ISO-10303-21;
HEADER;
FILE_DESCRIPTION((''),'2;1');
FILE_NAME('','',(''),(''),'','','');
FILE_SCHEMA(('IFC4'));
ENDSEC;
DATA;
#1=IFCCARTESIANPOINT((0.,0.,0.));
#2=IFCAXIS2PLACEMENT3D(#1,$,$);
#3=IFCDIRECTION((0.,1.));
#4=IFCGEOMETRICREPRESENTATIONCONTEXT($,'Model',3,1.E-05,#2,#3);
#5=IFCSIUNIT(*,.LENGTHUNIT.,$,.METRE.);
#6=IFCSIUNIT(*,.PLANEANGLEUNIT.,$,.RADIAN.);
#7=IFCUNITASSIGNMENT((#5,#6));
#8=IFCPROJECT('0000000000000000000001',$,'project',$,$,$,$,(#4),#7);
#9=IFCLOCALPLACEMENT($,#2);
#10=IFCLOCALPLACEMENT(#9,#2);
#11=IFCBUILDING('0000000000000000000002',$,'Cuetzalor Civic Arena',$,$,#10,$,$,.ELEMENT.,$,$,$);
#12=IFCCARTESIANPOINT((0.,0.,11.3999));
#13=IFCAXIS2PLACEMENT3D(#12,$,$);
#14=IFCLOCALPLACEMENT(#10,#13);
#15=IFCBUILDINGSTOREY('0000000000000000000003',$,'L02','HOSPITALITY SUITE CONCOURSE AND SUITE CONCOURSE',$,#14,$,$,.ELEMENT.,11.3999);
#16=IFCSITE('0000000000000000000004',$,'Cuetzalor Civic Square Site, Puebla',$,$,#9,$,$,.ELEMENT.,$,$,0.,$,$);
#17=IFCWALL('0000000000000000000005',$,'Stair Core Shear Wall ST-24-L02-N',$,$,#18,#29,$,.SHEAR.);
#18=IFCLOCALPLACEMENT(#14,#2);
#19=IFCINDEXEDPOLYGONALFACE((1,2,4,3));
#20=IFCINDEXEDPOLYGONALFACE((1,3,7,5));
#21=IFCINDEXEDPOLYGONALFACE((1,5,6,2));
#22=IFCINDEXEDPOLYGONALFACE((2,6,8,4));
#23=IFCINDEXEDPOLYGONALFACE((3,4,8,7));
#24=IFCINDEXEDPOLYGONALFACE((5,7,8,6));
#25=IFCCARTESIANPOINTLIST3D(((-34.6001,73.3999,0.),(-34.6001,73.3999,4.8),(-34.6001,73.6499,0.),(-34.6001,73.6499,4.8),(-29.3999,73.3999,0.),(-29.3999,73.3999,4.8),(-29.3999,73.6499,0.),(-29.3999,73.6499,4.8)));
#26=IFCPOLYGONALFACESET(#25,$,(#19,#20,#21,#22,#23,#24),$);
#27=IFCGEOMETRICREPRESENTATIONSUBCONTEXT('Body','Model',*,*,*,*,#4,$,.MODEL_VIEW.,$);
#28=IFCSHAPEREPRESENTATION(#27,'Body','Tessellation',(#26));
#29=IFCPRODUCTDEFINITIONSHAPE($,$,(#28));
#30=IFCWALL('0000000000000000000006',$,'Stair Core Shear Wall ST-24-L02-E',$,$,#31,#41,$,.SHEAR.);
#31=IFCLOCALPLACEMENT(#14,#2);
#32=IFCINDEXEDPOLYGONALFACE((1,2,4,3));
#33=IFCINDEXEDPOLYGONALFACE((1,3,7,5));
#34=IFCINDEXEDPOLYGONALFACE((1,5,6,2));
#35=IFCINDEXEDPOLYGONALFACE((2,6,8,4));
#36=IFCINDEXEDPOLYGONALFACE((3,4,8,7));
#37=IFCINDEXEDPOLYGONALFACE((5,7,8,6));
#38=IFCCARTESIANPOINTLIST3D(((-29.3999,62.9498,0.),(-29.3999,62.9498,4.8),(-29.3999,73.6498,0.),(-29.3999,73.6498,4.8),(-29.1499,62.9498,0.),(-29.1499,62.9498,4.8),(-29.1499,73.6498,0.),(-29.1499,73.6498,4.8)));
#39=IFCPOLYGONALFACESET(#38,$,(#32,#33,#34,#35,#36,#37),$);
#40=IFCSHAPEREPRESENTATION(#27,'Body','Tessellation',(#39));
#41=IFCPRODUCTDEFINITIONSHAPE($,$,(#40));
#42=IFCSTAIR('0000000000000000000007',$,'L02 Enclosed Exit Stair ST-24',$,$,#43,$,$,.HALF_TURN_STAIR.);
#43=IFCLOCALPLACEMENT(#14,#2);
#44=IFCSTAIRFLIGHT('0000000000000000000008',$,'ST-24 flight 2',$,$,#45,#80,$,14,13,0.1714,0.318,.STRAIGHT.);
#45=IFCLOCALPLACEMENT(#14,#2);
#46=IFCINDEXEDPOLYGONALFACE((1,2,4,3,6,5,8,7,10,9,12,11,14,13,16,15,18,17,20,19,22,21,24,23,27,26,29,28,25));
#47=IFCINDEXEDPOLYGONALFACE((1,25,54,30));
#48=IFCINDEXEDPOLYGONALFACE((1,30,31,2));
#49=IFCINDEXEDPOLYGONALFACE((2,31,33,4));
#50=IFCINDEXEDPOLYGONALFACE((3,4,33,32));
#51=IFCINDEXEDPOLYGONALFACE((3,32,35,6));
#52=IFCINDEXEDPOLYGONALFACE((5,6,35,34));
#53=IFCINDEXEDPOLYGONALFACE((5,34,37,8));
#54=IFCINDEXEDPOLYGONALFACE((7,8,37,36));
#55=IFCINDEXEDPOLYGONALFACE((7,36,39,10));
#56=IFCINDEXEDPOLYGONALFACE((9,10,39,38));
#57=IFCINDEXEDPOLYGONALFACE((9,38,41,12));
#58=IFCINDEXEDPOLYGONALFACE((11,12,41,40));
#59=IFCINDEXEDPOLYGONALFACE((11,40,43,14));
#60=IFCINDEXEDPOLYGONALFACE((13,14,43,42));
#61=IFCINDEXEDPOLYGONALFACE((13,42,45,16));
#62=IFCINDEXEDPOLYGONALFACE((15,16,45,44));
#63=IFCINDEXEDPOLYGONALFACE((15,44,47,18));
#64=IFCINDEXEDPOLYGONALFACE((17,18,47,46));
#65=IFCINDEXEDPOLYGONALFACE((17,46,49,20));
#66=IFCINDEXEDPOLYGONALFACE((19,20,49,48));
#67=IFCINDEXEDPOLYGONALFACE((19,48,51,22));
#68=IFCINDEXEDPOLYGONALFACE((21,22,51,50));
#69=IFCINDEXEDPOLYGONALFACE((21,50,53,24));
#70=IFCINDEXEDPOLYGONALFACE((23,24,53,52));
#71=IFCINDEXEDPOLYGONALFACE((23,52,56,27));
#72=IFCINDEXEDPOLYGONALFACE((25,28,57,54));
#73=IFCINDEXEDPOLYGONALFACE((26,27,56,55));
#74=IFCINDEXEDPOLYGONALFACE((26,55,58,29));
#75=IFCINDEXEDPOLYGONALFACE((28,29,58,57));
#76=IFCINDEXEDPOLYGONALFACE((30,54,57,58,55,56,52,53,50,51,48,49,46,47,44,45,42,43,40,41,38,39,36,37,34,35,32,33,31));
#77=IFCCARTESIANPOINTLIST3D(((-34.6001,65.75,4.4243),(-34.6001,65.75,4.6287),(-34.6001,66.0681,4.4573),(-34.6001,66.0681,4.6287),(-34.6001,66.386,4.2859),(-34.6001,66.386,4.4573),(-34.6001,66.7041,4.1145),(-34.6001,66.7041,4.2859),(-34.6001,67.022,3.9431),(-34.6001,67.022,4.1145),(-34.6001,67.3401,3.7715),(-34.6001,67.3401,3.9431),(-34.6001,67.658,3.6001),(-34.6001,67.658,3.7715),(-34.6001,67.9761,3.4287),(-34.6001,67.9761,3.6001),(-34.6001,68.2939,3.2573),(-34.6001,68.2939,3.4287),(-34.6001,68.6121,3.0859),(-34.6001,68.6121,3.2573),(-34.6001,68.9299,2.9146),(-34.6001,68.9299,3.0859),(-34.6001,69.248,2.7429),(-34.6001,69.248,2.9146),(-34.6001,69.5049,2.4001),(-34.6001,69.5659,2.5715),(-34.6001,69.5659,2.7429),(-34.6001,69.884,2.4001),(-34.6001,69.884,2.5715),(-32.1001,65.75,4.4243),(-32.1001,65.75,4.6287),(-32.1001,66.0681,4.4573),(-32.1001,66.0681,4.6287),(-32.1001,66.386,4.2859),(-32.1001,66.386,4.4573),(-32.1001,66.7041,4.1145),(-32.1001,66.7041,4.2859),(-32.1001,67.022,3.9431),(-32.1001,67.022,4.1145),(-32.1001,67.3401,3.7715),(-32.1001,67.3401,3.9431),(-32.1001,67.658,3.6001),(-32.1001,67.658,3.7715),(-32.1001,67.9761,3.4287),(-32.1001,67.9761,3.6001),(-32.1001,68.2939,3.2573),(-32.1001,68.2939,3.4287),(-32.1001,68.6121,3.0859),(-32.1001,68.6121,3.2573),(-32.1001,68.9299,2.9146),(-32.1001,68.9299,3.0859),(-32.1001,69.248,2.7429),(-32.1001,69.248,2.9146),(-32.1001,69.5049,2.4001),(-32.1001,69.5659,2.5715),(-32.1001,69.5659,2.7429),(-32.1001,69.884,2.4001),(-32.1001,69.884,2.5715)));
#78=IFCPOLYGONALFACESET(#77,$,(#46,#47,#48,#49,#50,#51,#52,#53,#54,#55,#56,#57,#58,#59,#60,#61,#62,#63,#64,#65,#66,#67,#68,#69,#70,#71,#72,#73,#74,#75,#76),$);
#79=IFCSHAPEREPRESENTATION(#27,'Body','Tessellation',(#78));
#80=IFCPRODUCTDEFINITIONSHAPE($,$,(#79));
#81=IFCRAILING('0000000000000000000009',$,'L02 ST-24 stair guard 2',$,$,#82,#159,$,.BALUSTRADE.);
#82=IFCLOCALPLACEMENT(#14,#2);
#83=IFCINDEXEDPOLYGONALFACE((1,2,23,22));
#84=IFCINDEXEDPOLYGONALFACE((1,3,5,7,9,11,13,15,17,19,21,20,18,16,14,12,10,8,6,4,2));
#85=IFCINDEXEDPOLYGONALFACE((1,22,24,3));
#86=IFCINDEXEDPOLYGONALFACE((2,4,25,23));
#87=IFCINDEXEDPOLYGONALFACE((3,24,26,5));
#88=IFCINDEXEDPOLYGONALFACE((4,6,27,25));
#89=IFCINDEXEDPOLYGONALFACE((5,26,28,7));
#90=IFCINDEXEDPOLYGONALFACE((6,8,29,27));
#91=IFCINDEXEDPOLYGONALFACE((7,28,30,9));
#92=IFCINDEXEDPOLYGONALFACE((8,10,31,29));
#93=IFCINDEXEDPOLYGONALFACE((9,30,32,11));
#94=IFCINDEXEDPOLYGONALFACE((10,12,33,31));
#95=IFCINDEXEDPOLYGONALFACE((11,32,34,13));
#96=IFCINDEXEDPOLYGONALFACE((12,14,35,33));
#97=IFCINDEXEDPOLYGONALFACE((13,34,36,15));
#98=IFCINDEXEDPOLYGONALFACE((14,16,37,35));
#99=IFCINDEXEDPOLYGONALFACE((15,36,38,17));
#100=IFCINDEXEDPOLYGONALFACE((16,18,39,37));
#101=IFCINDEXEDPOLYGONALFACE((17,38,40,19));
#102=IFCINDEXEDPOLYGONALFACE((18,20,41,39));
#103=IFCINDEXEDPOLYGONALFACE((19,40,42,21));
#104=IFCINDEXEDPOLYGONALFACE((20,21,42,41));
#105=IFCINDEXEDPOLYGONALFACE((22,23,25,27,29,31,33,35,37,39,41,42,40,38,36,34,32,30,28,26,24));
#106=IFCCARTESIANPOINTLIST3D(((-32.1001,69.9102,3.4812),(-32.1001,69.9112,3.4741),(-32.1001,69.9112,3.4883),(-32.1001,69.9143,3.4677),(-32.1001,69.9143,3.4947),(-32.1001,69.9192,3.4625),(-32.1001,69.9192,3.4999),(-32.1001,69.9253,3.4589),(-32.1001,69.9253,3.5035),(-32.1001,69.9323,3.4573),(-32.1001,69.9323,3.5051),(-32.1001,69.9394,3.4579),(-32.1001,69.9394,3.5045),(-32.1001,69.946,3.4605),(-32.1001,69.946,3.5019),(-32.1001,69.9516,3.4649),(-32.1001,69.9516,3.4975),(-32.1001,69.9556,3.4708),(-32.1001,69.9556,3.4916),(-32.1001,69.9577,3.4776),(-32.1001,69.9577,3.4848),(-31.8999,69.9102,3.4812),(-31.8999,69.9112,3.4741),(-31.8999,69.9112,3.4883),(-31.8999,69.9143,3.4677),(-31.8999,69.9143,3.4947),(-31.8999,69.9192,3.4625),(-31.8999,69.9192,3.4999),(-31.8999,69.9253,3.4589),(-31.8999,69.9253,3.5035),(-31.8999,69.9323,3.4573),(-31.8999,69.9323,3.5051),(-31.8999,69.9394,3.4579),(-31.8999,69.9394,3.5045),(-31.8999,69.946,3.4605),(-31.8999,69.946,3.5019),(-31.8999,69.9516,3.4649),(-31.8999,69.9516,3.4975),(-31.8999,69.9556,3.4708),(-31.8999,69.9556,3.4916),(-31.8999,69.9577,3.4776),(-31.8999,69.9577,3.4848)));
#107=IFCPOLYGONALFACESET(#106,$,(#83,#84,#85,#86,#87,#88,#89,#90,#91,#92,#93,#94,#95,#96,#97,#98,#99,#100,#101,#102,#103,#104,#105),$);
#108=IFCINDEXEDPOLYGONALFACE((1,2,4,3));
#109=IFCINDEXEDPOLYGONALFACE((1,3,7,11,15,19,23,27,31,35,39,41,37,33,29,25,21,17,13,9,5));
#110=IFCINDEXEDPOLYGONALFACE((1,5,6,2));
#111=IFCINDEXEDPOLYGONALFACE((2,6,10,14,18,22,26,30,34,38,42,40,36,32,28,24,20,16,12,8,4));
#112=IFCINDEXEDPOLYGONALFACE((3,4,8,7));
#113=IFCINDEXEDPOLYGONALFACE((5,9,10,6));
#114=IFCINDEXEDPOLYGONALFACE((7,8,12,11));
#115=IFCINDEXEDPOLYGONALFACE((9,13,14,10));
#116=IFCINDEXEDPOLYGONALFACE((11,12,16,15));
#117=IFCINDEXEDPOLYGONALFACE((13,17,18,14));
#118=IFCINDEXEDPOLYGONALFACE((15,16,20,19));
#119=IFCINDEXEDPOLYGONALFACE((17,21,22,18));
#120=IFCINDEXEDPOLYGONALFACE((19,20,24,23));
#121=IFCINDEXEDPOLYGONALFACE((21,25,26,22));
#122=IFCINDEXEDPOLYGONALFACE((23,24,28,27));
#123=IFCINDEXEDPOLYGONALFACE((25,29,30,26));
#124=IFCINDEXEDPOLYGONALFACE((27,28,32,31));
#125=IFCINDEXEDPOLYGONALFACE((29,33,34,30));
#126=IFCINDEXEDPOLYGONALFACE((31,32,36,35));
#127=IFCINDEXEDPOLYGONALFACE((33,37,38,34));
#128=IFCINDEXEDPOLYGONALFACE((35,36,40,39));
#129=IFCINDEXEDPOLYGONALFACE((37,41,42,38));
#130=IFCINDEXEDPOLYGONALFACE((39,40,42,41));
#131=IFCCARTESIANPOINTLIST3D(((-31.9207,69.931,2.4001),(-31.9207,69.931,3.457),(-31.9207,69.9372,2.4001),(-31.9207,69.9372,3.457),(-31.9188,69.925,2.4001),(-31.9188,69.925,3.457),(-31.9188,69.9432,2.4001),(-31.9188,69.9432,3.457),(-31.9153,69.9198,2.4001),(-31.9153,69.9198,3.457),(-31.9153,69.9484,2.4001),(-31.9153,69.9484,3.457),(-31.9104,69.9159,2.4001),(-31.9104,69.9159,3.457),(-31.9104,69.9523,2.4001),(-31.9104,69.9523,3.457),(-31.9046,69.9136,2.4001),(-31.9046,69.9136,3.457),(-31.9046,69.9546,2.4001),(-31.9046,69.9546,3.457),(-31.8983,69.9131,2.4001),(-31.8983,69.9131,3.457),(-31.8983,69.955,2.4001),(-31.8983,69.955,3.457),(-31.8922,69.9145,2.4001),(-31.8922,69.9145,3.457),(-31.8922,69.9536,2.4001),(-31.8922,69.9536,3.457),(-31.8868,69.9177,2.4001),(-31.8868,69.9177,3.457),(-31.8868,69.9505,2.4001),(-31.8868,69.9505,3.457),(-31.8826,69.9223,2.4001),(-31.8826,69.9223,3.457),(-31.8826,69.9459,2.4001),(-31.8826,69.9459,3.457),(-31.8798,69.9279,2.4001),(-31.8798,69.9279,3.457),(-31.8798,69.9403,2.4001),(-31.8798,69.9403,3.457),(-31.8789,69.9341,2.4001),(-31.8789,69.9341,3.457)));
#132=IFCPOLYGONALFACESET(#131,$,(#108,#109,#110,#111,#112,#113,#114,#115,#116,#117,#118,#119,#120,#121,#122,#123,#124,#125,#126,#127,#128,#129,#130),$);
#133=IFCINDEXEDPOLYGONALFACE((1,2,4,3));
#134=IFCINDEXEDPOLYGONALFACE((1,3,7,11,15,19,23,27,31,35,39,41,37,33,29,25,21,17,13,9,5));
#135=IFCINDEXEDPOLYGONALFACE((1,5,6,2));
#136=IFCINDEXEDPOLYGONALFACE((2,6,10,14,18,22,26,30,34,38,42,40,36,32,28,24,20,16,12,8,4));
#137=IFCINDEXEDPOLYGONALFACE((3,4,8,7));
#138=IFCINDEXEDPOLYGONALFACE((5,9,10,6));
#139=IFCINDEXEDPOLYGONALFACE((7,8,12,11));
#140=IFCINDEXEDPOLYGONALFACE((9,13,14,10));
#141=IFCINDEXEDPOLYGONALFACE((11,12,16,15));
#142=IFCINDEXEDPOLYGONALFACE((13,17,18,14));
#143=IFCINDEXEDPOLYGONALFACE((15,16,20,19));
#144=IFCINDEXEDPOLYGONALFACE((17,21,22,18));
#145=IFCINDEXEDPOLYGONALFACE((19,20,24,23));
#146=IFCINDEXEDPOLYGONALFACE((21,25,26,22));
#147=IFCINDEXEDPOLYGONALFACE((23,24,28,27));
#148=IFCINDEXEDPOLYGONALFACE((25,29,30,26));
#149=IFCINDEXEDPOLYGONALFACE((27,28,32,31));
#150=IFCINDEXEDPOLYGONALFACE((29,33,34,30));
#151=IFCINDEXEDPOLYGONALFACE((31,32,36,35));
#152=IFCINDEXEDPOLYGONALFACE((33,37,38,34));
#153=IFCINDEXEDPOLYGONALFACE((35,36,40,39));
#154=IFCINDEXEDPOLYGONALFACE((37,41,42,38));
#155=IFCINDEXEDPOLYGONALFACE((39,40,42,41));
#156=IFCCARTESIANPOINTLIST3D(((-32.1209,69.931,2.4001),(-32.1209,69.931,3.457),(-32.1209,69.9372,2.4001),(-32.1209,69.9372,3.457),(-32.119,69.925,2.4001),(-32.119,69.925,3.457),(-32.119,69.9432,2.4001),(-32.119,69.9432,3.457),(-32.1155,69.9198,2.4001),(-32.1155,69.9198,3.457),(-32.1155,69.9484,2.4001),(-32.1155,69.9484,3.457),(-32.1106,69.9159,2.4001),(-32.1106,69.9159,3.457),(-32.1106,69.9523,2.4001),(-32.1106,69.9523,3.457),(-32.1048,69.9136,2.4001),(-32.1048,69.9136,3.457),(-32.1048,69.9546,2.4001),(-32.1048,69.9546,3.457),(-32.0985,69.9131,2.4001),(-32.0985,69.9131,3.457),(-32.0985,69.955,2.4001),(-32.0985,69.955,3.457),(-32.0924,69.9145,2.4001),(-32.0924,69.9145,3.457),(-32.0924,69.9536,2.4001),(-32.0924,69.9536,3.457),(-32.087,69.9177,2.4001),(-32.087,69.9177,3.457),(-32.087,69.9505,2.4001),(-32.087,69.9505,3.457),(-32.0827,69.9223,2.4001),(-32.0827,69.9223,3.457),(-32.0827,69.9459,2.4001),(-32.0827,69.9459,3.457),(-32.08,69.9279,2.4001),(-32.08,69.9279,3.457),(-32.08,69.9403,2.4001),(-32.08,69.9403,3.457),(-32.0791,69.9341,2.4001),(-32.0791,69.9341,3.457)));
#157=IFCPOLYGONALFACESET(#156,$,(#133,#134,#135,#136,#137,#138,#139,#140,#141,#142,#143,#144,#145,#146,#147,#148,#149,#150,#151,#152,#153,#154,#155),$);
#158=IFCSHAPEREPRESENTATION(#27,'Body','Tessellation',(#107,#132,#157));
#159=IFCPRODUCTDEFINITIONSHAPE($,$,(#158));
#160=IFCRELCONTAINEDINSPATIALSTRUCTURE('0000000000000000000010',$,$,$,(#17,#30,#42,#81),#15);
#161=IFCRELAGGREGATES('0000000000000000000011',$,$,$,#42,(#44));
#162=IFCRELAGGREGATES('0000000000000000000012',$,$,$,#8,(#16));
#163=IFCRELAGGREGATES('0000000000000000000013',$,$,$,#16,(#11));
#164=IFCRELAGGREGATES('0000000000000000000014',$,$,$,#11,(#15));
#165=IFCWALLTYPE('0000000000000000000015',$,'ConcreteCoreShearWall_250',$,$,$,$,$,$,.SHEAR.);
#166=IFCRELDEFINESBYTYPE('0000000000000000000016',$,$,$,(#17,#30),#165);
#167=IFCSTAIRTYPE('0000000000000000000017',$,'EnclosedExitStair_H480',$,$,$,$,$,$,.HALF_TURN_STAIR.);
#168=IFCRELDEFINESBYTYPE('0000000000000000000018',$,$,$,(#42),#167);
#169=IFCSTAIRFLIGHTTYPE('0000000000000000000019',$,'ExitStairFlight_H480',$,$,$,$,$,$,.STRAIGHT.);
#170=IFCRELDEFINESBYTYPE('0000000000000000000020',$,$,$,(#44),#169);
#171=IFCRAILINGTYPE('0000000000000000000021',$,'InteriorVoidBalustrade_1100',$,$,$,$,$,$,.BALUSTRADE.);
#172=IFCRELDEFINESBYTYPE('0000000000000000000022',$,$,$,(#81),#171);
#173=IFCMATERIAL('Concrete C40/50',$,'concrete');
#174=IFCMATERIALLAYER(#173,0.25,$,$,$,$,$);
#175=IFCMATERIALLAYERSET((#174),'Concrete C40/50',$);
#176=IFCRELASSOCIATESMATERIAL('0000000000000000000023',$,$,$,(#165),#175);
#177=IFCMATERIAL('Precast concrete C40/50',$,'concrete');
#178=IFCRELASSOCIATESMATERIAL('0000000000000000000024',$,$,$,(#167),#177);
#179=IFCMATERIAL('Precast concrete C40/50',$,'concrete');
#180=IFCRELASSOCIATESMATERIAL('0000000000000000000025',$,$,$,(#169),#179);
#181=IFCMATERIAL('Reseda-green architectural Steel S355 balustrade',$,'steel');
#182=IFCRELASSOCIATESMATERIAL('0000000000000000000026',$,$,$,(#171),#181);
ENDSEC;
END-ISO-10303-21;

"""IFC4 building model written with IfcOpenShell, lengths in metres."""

from ifc_helpers import new_model, si_unit, direction, frame, frame_2d, origin, origin_2d, place, context, subcontext, project, spatial, polyline, rectangle, circle, outline, extrude, material, layer, layer_set, type_object, element, aggregate, save


model = new_model("IFC4")

# Units and contexts
model_context = context("Model", 3, precision=1e-05, world=origin(), true_north=direction((0.0, 1.0)))
body_context = subcontext(model_context, "Body", "Model", "MODEL_VIEW")
ifc_project = project(units=[si_unit("LENGTHUNIT", "METRE"), si_unit("PLANEANGLEUNIT", "RADIAN")], contexts=[model_context])

# Site, building, storey
site_placement = place(None, origin())
site = spatial("IfcSite", under=ifc_project, at=site_placement, Name="Cuetzalor Civic Square Site, Puebla", CompositionType="ELEMENT", RefElevation=0.0)
building_placement = place(site_placement, origin())
building = spatial("IfcBuilding", under=site, at=building_placement, Name="Cuetzalor Civic Arena", CompositionType="ELEMENT")
storey_placement = place(building_placement, frame((0.0, 0.0, 11.3999)))
storey = spatial("IfcBuildingStorey", under=building, at=storey_placement, Name="L02", Description="HOSPITALITY SUITE CONCOURSE AND SUITE CONCOURSE", CompositionType="ELEMENT", Elevation=11.3999)

# Walls
ifc_material_1 = material(Name="Concrete C40/50", Category="concrete")
ifc_layer_1 = layer(ifc_material_1, 0.25)
ifc_layer_set_1 = layer_set([ifc_layer_1], Name="Concrete C40/50")
wall_type = type_object("IfcWallType", Name="ConcreteCoreShearWall_250", PredefinedType="SHEAR", material=ifc_layer_set_1)
wall_1_placement = place(storey_placement, frame((-34.6001, 73.5249, 0.0), z_axis=(0.0, 0.0, 1.0), x_axis=(1.0, 0.0, 0.0)))
element("IfcWall", 1, at=wall_1_placement, inside=storey, type_object=wall_type, Name="Stair Core Shear Wall ST-24-L02-N", PredefinedType="SHEAR", context=body_context, shape_type="SweptSolid", body=[
    extrude(rectangle(XDim=5.2002, YDim=0.25, at=frame_2d((2.6001, 0.0))), origin(), (0.0, 0.0, 1.0), 4.8),
])
wall_2_placement = place(storey_placement, frame((-29.2749, 73.6499, 0.0), z_axis=(0.0, 0.0, 1.0), x_axis=(0.0, -1.0, 0.0)))
element("IfcWall", 2, at=wall_2_placement, inside=storey, type_object=wall_type, Name="Stair Core Shear Wall ST-24-L02-E", PredefinedType="SHEAR", context=body_context, shape_type="SweptSolid", body=[
    extrude(rectangle(XDim=10.7, YDim=0.25, at=frame_2d((5.3501, 0.0))), origin(), (0.0, 0.0, 1.0), 4.8),
])

# Stair, stair flight
ifc_material_2 = material(Name="Precast concrete C40/50", Category="concrete")
stair_type = type_object("IfcStairType", Name="EnclosedExitStair_H480", PredefinedType="HALF_TURN_STAIR", material=ifc_material_2)
stair_placement = place(storey_placement, origin())
stair = element("IfcStair", 3, at=stair_placement, inside=storey, type_object=stair_type, Name="L02 Enclosed Exit Stair ST-24", PredefinedType="HALF_TURN_STAIR")
ifc_material_3 = material(Name="Precast concrete C40/50", Category="concrete")
stair_flight_type = type_object("IfcStairFlightType", Name="ExitStairFlight_H480", PredefinedType="STRAIGHT", material=ifc_material_3)
stair_flight_placement = place(storey_placement, frame((-33.3501, 69.884, 2.4001), z_axis=(0.0, 0.0, 1.0), x_axis=(0.0, -1.0, 0.0)))
stair_flight = element("IfcStairFlight", 4, at=stair_flight_placement, type_object=stair_flight_type, Name="ST-24 flight 2", NumberOfRisers=14, NumberOfTreads=13, PredefinedType="STRAIGHT", RiserHeight=0.1714, TreadLength=0.318, context=body_context, shape_type="SweptSolid", body=[
    extrude(outline(polyline([(0.0, 0.0), (0.0, 0.1714), (0.3181, 0.1714), (0.3181, 0.3428), (0.636, 0.3428), (0.636, 0.5144), (0.9541, 0.5144), (0.9541, 0.6858), (1.272, 0.6858), (1.272, 0.8572), (1.5901, 0.8572), (1.5901, 1.0286), (1.908, 1.0286), (1.908, 1.2), (2.2261, 1.2), (2.2261, 1.3713), (2.5439, 1.3713), (2.5439, 1.543), (2.8621, 1.543), (2.8621, 1.7144), (3.1799, 1.7144), (3.1799, 1.8857), (3.498, 1.8857), (3.498, 2.0571), (3.8159, 2.0571), (3.8159, 2.2285), (4.134, 2.2285), (4.134, 2.3999), (4.134, 2.0242), (0.3792, 0.0), (0.0, 0.0)])), frame((0.0, 1.25, 0.0), z_axis=(0.0, -1.0, 0.0), x_axis=(1.0, 0.0, 0.0)), (0.0, 0.0, 1.0), 2.5),
])
aggregate(stair, [stair_flight])

# Railing
ifc_material_4 = material(Name="Reseda-green architectural Steel S355 balustrade", Category="steel")
railing_type_1 = type_object("IfcRailingType", Name="InteriorVoidBalustrade_1100", PredefinedType="BALUSTRADE", material=ifc_material_4)
railing_1_placement = place(storey_placement, frame((-31.8999, 69.9341, 2.4001)))
element("IfcRailing", 5, at=railing_1_placement, inside=storey, type_object=railing_type_1, Name="L02 ST-24 stair guard 2", PredefinedType="BALUSTRADE", context=body_context, shape_type="SweptSolid", body=[
    extrude(circle(Radius=0.0239, at=origin_2d()), frame((0.0, 0.0, 1.0811), z_axis=(-1.0, 0.0, 0.0), x_axis=(0.0, -1.0, 0.0)), (0.0, 0.0, 1.0), 0.2002),
    extrude(circle(Radius=0.021, at=origin_2d()), origin(), (0.0, 0.0, 1.0), 1.0569),
    extrude(circle(Radius=0.021, at=origin_2d()), frame((-0.2002, 0.0, 0.0)), (0.0, 0.0, 1.0), 1.0569),
])

save(model, "model.ifc")
